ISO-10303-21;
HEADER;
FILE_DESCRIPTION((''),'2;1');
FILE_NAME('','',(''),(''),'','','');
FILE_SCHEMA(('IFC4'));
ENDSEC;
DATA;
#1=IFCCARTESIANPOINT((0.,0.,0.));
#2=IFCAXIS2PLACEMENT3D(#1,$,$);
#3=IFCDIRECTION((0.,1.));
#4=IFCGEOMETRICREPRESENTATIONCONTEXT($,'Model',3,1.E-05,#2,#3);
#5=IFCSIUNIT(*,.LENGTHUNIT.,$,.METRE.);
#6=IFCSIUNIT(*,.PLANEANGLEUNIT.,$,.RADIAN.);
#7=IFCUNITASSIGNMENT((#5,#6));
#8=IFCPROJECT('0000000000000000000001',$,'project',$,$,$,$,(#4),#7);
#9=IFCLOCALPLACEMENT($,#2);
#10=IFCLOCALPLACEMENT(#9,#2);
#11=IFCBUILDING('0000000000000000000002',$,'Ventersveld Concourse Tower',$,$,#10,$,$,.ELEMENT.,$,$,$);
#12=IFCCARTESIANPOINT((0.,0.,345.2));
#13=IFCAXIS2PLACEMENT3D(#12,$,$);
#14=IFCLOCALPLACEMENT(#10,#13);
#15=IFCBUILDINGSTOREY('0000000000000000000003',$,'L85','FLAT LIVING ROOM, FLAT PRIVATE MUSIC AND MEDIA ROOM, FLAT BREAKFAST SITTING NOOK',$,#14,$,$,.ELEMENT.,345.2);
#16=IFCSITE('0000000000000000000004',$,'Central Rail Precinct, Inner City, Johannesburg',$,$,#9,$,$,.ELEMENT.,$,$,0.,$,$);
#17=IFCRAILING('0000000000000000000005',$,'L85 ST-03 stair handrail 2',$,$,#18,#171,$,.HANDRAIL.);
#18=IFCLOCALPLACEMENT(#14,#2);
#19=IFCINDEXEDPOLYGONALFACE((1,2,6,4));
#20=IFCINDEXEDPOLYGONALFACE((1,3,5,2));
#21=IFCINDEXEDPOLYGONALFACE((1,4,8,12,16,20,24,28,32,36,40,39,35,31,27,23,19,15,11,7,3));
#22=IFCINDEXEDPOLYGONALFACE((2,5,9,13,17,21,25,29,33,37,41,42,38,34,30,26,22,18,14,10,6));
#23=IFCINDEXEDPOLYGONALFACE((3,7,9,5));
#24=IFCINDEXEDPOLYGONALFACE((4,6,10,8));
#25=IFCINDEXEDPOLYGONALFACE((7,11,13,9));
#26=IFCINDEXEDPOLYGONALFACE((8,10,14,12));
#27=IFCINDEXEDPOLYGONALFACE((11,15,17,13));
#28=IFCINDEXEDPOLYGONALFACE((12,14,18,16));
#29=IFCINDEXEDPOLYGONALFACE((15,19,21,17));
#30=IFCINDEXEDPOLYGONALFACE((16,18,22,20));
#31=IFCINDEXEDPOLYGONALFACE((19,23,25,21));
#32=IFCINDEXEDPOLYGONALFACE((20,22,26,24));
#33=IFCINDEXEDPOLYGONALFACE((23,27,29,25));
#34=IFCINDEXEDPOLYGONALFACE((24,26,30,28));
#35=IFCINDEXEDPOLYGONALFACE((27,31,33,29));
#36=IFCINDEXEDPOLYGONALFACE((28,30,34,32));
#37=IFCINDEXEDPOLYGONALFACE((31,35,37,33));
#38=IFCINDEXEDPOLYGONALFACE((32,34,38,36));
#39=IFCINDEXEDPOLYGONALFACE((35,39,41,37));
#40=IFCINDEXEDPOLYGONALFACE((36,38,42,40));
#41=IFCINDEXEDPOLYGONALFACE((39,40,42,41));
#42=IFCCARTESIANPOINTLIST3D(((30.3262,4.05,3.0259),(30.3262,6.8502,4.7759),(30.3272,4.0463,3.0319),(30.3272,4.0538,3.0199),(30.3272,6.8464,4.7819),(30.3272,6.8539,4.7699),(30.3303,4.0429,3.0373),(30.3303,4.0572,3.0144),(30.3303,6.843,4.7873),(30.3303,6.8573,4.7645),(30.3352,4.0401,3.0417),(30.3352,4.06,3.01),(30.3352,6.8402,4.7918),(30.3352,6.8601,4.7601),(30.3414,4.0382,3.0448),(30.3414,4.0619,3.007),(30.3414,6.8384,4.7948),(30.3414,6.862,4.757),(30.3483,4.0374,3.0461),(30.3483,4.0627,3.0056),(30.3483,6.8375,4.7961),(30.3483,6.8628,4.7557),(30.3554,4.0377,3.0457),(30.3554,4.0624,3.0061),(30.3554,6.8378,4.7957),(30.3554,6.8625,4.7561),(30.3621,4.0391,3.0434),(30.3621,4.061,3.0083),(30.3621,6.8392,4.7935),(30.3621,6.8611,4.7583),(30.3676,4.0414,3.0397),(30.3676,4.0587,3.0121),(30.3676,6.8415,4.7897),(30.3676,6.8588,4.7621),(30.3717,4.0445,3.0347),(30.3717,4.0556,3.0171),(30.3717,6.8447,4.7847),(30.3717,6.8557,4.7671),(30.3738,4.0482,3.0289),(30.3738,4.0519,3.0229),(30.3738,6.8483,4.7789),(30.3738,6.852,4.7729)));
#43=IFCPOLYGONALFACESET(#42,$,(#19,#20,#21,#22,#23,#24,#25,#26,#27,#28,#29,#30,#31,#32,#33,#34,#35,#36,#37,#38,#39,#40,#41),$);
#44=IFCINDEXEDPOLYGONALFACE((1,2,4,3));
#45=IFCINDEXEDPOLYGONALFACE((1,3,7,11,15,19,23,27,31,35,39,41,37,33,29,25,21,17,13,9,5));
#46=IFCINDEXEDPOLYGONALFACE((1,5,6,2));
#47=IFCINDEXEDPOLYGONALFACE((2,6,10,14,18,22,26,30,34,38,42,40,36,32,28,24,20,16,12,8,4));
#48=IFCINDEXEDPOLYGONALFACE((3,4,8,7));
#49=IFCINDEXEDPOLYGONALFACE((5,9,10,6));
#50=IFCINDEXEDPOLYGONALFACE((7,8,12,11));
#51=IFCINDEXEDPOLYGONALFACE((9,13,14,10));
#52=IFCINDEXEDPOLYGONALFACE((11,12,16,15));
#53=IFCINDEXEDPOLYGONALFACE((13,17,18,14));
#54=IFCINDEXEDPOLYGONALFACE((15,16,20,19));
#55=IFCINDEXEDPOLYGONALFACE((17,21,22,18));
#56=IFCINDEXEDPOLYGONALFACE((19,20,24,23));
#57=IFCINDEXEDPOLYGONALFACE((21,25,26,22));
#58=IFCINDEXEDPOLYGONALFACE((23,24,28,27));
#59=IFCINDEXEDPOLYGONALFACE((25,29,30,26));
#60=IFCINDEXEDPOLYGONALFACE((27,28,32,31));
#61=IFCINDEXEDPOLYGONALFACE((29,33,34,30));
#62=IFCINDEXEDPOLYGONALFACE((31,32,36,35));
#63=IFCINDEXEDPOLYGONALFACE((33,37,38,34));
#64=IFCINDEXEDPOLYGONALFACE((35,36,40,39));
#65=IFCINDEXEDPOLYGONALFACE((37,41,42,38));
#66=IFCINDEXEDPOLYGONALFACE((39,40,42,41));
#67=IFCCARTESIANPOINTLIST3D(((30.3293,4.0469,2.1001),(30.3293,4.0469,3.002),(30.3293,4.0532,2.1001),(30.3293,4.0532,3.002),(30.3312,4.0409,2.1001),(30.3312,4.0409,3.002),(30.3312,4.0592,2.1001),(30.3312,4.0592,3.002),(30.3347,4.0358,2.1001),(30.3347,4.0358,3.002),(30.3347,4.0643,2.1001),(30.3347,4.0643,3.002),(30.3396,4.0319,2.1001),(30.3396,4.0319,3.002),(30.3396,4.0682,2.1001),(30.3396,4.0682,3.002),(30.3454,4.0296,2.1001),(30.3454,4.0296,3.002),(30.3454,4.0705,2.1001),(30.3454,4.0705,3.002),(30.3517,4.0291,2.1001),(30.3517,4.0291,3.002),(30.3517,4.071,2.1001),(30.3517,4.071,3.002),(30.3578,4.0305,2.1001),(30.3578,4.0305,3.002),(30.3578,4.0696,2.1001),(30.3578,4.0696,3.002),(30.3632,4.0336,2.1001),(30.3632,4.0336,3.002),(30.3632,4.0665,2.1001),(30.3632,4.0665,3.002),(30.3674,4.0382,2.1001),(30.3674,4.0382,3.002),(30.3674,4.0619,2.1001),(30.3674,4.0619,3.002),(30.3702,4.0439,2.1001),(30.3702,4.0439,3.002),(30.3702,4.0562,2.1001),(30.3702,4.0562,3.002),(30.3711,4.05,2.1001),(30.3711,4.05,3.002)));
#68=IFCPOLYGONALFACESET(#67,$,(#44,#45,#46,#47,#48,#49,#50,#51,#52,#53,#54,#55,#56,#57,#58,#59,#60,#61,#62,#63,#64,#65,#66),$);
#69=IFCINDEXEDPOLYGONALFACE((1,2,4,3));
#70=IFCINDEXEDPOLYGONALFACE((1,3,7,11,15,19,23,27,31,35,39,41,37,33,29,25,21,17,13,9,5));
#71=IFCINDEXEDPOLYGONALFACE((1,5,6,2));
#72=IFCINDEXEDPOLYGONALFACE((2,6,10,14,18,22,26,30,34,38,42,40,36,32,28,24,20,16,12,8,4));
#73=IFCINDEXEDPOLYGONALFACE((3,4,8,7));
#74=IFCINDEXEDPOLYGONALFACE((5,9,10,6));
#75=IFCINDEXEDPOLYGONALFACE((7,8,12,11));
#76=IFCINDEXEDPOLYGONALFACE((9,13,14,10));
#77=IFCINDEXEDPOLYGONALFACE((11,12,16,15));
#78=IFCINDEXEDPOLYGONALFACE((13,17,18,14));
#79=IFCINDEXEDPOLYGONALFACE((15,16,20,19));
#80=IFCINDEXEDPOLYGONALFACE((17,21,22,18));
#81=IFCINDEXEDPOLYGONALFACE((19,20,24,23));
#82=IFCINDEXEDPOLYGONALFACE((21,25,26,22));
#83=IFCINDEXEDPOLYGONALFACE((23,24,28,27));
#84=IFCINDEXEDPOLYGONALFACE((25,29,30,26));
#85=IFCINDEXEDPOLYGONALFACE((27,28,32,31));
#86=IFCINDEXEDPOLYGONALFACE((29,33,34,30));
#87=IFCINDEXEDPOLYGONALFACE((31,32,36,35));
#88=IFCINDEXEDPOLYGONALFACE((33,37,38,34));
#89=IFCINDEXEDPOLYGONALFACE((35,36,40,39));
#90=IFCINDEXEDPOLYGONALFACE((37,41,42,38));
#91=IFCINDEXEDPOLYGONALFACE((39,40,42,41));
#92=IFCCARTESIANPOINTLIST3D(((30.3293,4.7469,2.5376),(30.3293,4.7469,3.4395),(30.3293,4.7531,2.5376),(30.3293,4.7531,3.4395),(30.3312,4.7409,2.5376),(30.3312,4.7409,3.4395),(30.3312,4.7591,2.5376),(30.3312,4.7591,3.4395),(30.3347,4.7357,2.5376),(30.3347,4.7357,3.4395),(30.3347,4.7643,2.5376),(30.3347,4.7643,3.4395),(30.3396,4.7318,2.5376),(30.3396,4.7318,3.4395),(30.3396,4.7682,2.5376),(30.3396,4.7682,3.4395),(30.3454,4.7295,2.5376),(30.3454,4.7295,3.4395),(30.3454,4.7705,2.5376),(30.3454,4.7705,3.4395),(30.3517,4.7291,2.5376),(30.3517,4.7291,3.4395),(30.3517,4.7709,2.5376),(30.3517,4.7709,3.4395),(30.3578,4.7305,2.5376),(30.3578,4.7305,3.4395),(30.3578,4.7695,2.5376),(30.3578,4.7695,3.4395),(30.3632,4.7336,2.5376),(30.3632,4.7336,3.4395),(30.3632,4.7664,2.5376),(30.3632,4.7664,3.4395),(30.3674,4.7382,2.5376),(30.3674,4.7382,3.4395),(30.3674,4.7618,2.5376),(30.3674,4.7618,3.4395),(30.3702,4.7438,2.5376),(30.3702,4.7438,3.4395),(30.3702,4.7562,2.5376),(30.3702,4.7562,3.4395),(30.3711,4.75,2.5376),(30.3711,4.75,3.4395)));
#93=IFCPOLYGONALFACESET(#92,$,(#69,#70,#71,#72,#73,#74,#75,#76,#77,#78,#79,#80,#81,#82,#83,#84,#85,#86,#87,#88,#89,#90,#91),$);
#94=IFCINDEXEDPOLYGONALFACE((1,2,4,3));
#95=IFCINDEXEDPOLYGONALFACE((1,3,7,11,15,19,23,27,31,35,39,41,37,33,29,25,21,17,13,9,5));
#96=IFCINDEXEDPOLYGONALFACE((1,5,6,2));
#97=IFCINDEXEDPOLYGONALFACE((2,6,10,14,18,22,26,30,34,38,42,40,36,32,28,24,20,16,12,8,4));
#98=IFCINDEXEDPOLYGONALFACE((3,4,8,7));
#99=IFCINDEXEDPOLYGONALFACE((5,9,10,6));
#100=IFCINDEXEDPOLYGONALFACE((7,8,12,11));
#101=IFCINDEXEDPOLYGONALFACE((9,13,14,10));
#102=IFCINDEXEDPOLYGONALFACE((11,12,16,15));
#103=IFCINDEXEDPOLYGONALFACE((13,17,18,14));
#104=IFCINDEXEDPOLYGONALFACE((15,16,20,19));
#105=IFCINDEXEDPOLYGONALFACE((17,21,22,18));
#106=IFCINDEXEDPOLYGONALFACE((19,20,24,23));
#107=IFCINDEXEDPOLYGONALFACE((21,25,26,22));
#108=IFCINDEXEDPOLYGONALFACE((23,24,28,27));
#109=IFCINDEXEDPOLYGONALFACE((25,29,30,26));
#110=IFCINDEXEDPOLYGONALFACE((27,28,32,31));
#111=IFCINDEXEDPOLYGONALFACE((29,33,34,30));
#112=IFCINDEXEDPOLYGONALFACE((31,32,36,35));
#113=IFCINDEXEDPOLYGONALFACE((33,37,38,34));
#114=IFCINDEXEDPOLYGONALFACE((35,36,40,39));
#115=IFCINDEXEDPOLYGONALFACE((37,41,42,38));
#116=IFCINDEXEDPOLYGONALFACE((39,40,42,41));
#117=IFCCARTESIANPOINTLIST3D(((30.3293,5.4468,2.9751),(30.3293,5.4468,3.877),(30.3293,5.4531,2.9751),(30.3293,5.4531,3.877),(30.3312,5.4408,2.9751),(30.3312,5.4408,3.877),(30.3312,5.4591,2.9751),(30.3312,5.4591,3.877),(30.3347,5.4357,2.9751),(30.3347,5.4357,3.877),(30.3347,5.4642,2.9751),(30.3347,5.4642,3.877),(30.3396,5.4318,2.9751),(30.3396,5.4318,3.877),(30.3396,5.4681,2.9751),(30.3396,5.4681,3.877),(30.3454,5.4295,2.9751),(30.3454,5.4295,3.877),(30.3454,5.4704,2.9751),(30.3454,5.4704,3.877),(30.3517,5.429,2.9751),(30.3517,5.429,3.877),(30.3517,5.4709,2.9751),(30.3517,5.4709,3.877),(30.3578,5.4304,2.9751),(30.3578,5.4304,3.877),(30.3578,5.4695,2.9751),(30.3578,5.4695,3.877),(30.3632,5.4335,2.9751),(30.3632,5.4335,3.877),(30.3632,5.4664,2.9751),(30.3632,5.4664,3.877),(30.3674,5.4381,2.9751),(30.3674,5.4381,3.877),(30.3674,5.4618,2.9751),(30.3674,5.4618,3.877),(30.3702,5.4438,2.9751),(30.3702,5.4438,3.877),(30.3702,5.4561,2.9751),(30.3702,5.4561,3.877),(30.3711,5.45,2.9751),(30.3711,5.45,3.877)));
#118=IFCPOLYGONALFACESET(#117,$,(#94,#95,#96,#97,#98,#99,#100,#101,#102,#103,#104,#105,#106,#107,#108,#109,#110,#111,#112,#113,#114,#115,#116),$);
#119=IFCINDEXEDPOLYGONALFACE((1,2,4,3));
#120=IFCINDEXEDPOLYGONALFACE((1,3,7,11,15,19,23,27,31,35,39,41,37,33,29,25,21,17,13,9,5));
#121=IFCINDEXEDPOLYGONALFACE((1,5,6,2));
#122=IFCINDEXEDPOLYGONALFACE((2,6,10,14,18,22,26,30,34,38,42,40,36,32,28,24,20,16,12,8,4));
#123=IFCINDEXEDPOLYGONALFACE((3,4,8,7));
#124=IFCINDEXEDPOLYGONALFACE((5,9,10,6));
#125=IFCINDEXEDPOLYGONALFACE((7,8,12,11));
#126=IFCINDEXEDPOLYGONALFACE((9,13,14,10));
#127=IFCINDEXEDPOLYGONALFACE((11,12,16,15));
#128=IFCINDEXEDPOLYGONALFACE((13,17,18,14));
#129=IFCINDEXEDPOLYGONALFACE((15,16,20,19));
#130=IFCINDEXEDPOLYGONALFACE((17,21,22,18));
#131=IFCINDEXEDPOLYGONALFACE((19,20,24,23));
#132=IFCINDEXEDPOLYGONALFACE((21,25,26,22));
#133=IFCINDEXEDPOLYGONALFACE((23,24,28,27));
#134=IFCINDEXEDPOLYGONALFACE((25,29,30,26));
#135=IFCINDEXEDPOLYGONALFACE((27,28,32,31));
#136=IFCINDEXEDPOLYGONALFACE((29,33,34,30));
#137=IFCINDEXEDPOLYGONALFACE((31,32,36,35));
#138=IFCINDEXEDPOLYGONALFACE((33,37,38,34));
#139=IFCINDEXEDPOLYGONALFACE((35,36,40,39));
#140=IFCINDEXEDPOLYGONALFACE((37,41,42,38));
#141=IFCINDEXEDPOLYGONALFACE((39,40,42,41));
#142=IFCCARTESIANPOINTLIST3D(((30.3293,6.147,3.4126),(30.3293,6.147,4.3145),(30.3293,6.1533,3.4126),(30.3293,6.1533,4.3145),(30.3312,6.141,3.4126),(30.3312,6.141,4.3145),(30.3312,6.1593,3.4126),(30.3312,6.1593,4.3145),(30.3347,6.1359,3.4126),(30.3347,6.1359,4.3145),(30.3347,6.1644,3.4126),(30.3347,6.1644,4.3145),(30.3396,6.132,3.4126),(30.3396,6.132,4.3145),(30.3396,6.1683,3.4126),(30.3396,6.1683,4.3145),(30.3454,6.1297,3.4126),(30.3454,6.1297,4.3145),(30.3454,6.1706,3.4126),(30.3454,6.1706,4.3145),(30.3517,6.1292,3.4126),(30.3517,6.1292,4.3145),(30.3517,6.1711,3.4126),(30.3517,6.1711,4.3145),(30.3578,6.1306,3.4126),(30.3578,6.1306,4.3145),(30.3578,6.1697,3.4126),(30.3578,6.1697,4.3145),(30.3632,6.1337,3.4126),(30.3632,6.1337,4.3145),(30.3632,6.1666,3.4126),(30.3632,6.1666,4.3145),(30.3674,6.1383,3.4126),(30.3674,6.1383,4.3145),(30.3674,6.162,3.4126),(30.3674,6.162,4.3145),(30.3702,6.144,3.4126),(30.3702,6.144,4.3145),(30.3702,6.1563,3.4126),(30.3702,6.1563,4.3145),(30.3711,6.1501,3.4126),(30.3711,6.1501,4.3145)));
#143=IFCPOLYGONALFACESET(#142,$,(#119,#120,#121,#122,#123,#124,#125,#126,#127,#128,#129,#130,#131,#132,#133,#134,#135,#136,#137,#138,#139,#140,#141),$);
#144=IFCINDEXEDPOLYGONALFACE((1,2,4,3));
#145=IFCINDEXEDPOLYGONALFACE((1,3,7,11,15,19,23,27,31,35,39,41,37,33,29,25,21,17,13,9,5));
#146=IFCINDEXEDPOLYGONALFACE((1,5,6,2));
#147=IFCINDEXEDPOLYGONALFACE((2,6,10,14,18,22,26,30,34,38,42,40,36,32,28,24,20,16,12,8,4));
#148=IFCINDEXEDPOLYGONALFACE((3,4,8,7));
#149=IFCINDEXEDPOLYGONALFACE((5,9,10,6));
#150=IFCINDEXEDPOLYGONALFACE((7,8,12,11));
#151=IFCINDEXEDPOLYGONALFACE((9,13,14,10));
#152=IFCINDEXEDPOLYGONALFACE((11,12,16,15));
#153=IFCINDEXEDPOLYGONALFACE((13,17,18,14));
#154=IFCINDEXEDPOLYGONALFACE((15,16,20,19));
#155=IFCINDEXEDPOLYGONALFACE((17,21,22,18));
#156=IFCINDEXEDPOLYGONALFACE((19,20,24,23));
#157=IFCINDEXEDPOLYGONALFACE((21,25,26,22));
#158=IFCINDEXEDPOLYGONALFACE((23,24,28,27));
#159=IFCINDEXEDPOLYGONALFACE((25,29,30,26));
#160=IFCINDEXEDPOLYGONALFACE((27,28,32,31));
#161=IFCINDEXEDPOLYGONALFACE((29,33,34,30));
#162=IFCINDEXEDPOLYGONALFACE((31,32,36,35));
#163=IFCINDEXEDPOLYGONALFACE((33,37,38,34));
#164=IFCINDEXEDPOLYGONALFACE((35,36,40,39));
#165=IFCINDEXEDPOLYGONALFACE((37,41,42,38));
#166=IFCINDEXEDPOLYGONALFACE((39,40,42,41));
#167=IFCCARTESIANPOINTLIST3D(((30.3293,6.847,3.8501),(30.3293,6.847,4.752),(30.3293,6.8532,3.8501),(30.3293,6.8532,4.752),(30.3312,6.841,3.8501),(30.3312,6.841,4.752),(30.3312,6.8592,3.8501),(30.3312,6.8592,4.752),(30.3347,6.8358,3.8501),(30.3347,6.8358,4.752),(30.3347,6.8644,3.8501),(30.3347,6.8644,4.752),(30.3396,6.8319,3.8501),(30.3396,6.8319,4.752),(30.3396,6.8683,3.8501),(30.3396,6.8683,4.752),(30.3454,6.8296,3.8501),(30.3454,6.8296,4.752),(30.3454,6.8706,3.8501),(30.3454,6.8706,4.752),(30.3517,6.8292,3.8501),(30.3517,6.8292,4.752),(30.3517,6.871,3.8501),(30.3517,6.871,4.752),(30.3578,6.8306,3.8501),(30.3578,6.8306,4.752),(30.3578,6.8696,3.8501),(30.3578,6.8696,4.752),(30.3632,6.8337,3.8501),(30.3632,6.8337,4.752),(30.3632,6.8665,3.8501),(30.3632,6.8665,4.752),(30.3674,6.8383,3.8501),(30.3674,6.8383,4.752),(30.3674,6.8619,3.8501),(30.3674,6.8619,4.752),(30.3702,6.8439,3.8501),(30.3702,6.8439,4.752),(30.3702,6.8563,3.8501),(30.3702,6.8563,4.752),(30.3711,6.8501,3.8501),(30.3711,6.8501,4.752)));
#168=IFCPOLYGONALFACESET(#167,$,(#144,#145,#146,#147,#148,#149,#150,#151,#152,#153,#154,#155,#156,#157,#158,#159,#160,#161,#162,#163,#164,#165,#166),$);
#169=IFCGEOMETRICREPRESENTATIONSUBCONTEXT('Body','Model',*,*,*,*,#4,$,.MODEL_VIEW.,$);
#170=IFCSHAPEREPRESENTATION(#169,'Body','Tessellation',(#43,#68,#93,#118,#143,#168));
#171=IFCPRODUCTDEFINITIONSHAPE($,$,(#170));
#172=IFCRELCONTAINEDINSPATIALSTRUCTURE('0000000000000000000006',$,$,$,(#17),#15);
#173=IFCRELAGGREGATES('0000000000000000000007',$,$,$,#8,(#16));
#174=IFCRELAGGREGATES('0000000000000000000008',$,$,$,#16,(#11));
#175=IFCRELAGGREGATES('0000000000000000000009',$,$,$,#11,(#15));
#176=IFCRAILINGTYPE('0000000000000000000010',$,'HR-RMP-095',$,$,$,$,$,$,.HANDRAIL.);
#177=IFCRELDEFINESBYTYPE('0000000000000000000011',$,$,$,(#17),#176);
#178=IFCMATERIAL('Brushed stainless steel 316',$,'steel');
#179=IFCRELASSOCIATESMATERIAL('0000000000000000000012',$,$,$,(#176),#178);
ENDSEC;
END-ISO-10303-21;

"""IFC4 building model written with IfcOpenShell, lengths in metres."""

from ifc_helpers import new_model, si_unit, direction, frame, origin, origin_2d, place, context, subcontext, project, spatial, circle, extrude, material, type_object, element, save


model = new_model("IFC4")

# Units and contexts
model_context = context("Model", 3, precision=1e-05, world=origin(), true_north=direction((0.0, 1.0)))
body_context = subcontext(model_context, "Body", "Model", "MODEL_VIEW")
ifc_project = project(units=[si_unit("LENGTHUNIT", "METRE"), si_unit("PLANEANGLEUNIT", "RADIAN")], contexts=[model_context])

# Site, building, storey
site_placement = place(None, origin())
site = spatial("IfcSite", under=ifc_project, at=site_placement, Name="Central Rail Precinct, Inner City, Johannesburg", CompositionType="ELEMENT", RefElevation=0.0)
building_placement = place(site_placement, origin())
building = spatial("IfcBuilding", under=site, at=building_placement, Name="Ventersveld Concourse Tower", CompositionType="ELEMENT")
storey_placement = place(building_placement, frame((0.0, 0.0, 345.2)))
storey = spatial("IfcBuildingStorey", under=building, at=storey_placement, Name="L85", Description="FLAT LIVING ROOM, FLAT PRIVATE MUSIC AND MEDIA ROOM, FLAT BREAKFAST SITTING NOOK", CompositionType="ELEMENT", Elevation=345.2)

# Railing
ifc_material_1 = material(Name="Brushed stainless steel 316", Category="steel")
railing_type_1 = type_object("IfcRailingType", Name="HR-RMP-095", PredefinedType="HANDRAIL", material=ifc_material_1)
railing_1_placement = place(storey_placement, frame((30.3501, 4.05, 2.1001)))
element("IfcRailing", 1, at=railing_1_placement, inside=storey, type_object=railing_type_1, Name="L85 ST-03 stair handrail 2", PredefinedType="HANDRAIL", context=body_context, shape_type="SweptSolid", body=[
    extrude(circle(Radius=0.0239, at=origin_2d()), frame((0.0, 0.0, 0.9258), z_axis=(0.0, 0.848002, 0.529992), x_axis=(-1.0, 0.0, 0.0)), (0.0, 0.0, 1.0), 3.302),
    extrude(circle(Radius=0.021, at=origin_2d()), origin(), (0.0, 0.0, 1.0), 0.9019),
    extrude(circle(Radius=0.021, at=origin_2d()), frame((0.0, 0.7, 0.4375)), (0.0, 0.0, 1.0), 0.9019),
    extrude(circle(Radius=0.021, at=origin_2d()), frame((0.0, 1.3999, 0.875)), (0.0, 0.0, 1.0), 0.9019),
    extrude(circle(Radius=0.021, at=origin_2d()), frame((0.0, 2.1001, 1.3125)), (0.0, 0.0, 1.0), 0.9019),
    extrude(circle(Radius=0.021, at=origin_2d()), frame((0.0, 2.8, 1.75)), (0.0, 0.0, 1.0), 0.9019),
])

save(model, "model.ifc")
